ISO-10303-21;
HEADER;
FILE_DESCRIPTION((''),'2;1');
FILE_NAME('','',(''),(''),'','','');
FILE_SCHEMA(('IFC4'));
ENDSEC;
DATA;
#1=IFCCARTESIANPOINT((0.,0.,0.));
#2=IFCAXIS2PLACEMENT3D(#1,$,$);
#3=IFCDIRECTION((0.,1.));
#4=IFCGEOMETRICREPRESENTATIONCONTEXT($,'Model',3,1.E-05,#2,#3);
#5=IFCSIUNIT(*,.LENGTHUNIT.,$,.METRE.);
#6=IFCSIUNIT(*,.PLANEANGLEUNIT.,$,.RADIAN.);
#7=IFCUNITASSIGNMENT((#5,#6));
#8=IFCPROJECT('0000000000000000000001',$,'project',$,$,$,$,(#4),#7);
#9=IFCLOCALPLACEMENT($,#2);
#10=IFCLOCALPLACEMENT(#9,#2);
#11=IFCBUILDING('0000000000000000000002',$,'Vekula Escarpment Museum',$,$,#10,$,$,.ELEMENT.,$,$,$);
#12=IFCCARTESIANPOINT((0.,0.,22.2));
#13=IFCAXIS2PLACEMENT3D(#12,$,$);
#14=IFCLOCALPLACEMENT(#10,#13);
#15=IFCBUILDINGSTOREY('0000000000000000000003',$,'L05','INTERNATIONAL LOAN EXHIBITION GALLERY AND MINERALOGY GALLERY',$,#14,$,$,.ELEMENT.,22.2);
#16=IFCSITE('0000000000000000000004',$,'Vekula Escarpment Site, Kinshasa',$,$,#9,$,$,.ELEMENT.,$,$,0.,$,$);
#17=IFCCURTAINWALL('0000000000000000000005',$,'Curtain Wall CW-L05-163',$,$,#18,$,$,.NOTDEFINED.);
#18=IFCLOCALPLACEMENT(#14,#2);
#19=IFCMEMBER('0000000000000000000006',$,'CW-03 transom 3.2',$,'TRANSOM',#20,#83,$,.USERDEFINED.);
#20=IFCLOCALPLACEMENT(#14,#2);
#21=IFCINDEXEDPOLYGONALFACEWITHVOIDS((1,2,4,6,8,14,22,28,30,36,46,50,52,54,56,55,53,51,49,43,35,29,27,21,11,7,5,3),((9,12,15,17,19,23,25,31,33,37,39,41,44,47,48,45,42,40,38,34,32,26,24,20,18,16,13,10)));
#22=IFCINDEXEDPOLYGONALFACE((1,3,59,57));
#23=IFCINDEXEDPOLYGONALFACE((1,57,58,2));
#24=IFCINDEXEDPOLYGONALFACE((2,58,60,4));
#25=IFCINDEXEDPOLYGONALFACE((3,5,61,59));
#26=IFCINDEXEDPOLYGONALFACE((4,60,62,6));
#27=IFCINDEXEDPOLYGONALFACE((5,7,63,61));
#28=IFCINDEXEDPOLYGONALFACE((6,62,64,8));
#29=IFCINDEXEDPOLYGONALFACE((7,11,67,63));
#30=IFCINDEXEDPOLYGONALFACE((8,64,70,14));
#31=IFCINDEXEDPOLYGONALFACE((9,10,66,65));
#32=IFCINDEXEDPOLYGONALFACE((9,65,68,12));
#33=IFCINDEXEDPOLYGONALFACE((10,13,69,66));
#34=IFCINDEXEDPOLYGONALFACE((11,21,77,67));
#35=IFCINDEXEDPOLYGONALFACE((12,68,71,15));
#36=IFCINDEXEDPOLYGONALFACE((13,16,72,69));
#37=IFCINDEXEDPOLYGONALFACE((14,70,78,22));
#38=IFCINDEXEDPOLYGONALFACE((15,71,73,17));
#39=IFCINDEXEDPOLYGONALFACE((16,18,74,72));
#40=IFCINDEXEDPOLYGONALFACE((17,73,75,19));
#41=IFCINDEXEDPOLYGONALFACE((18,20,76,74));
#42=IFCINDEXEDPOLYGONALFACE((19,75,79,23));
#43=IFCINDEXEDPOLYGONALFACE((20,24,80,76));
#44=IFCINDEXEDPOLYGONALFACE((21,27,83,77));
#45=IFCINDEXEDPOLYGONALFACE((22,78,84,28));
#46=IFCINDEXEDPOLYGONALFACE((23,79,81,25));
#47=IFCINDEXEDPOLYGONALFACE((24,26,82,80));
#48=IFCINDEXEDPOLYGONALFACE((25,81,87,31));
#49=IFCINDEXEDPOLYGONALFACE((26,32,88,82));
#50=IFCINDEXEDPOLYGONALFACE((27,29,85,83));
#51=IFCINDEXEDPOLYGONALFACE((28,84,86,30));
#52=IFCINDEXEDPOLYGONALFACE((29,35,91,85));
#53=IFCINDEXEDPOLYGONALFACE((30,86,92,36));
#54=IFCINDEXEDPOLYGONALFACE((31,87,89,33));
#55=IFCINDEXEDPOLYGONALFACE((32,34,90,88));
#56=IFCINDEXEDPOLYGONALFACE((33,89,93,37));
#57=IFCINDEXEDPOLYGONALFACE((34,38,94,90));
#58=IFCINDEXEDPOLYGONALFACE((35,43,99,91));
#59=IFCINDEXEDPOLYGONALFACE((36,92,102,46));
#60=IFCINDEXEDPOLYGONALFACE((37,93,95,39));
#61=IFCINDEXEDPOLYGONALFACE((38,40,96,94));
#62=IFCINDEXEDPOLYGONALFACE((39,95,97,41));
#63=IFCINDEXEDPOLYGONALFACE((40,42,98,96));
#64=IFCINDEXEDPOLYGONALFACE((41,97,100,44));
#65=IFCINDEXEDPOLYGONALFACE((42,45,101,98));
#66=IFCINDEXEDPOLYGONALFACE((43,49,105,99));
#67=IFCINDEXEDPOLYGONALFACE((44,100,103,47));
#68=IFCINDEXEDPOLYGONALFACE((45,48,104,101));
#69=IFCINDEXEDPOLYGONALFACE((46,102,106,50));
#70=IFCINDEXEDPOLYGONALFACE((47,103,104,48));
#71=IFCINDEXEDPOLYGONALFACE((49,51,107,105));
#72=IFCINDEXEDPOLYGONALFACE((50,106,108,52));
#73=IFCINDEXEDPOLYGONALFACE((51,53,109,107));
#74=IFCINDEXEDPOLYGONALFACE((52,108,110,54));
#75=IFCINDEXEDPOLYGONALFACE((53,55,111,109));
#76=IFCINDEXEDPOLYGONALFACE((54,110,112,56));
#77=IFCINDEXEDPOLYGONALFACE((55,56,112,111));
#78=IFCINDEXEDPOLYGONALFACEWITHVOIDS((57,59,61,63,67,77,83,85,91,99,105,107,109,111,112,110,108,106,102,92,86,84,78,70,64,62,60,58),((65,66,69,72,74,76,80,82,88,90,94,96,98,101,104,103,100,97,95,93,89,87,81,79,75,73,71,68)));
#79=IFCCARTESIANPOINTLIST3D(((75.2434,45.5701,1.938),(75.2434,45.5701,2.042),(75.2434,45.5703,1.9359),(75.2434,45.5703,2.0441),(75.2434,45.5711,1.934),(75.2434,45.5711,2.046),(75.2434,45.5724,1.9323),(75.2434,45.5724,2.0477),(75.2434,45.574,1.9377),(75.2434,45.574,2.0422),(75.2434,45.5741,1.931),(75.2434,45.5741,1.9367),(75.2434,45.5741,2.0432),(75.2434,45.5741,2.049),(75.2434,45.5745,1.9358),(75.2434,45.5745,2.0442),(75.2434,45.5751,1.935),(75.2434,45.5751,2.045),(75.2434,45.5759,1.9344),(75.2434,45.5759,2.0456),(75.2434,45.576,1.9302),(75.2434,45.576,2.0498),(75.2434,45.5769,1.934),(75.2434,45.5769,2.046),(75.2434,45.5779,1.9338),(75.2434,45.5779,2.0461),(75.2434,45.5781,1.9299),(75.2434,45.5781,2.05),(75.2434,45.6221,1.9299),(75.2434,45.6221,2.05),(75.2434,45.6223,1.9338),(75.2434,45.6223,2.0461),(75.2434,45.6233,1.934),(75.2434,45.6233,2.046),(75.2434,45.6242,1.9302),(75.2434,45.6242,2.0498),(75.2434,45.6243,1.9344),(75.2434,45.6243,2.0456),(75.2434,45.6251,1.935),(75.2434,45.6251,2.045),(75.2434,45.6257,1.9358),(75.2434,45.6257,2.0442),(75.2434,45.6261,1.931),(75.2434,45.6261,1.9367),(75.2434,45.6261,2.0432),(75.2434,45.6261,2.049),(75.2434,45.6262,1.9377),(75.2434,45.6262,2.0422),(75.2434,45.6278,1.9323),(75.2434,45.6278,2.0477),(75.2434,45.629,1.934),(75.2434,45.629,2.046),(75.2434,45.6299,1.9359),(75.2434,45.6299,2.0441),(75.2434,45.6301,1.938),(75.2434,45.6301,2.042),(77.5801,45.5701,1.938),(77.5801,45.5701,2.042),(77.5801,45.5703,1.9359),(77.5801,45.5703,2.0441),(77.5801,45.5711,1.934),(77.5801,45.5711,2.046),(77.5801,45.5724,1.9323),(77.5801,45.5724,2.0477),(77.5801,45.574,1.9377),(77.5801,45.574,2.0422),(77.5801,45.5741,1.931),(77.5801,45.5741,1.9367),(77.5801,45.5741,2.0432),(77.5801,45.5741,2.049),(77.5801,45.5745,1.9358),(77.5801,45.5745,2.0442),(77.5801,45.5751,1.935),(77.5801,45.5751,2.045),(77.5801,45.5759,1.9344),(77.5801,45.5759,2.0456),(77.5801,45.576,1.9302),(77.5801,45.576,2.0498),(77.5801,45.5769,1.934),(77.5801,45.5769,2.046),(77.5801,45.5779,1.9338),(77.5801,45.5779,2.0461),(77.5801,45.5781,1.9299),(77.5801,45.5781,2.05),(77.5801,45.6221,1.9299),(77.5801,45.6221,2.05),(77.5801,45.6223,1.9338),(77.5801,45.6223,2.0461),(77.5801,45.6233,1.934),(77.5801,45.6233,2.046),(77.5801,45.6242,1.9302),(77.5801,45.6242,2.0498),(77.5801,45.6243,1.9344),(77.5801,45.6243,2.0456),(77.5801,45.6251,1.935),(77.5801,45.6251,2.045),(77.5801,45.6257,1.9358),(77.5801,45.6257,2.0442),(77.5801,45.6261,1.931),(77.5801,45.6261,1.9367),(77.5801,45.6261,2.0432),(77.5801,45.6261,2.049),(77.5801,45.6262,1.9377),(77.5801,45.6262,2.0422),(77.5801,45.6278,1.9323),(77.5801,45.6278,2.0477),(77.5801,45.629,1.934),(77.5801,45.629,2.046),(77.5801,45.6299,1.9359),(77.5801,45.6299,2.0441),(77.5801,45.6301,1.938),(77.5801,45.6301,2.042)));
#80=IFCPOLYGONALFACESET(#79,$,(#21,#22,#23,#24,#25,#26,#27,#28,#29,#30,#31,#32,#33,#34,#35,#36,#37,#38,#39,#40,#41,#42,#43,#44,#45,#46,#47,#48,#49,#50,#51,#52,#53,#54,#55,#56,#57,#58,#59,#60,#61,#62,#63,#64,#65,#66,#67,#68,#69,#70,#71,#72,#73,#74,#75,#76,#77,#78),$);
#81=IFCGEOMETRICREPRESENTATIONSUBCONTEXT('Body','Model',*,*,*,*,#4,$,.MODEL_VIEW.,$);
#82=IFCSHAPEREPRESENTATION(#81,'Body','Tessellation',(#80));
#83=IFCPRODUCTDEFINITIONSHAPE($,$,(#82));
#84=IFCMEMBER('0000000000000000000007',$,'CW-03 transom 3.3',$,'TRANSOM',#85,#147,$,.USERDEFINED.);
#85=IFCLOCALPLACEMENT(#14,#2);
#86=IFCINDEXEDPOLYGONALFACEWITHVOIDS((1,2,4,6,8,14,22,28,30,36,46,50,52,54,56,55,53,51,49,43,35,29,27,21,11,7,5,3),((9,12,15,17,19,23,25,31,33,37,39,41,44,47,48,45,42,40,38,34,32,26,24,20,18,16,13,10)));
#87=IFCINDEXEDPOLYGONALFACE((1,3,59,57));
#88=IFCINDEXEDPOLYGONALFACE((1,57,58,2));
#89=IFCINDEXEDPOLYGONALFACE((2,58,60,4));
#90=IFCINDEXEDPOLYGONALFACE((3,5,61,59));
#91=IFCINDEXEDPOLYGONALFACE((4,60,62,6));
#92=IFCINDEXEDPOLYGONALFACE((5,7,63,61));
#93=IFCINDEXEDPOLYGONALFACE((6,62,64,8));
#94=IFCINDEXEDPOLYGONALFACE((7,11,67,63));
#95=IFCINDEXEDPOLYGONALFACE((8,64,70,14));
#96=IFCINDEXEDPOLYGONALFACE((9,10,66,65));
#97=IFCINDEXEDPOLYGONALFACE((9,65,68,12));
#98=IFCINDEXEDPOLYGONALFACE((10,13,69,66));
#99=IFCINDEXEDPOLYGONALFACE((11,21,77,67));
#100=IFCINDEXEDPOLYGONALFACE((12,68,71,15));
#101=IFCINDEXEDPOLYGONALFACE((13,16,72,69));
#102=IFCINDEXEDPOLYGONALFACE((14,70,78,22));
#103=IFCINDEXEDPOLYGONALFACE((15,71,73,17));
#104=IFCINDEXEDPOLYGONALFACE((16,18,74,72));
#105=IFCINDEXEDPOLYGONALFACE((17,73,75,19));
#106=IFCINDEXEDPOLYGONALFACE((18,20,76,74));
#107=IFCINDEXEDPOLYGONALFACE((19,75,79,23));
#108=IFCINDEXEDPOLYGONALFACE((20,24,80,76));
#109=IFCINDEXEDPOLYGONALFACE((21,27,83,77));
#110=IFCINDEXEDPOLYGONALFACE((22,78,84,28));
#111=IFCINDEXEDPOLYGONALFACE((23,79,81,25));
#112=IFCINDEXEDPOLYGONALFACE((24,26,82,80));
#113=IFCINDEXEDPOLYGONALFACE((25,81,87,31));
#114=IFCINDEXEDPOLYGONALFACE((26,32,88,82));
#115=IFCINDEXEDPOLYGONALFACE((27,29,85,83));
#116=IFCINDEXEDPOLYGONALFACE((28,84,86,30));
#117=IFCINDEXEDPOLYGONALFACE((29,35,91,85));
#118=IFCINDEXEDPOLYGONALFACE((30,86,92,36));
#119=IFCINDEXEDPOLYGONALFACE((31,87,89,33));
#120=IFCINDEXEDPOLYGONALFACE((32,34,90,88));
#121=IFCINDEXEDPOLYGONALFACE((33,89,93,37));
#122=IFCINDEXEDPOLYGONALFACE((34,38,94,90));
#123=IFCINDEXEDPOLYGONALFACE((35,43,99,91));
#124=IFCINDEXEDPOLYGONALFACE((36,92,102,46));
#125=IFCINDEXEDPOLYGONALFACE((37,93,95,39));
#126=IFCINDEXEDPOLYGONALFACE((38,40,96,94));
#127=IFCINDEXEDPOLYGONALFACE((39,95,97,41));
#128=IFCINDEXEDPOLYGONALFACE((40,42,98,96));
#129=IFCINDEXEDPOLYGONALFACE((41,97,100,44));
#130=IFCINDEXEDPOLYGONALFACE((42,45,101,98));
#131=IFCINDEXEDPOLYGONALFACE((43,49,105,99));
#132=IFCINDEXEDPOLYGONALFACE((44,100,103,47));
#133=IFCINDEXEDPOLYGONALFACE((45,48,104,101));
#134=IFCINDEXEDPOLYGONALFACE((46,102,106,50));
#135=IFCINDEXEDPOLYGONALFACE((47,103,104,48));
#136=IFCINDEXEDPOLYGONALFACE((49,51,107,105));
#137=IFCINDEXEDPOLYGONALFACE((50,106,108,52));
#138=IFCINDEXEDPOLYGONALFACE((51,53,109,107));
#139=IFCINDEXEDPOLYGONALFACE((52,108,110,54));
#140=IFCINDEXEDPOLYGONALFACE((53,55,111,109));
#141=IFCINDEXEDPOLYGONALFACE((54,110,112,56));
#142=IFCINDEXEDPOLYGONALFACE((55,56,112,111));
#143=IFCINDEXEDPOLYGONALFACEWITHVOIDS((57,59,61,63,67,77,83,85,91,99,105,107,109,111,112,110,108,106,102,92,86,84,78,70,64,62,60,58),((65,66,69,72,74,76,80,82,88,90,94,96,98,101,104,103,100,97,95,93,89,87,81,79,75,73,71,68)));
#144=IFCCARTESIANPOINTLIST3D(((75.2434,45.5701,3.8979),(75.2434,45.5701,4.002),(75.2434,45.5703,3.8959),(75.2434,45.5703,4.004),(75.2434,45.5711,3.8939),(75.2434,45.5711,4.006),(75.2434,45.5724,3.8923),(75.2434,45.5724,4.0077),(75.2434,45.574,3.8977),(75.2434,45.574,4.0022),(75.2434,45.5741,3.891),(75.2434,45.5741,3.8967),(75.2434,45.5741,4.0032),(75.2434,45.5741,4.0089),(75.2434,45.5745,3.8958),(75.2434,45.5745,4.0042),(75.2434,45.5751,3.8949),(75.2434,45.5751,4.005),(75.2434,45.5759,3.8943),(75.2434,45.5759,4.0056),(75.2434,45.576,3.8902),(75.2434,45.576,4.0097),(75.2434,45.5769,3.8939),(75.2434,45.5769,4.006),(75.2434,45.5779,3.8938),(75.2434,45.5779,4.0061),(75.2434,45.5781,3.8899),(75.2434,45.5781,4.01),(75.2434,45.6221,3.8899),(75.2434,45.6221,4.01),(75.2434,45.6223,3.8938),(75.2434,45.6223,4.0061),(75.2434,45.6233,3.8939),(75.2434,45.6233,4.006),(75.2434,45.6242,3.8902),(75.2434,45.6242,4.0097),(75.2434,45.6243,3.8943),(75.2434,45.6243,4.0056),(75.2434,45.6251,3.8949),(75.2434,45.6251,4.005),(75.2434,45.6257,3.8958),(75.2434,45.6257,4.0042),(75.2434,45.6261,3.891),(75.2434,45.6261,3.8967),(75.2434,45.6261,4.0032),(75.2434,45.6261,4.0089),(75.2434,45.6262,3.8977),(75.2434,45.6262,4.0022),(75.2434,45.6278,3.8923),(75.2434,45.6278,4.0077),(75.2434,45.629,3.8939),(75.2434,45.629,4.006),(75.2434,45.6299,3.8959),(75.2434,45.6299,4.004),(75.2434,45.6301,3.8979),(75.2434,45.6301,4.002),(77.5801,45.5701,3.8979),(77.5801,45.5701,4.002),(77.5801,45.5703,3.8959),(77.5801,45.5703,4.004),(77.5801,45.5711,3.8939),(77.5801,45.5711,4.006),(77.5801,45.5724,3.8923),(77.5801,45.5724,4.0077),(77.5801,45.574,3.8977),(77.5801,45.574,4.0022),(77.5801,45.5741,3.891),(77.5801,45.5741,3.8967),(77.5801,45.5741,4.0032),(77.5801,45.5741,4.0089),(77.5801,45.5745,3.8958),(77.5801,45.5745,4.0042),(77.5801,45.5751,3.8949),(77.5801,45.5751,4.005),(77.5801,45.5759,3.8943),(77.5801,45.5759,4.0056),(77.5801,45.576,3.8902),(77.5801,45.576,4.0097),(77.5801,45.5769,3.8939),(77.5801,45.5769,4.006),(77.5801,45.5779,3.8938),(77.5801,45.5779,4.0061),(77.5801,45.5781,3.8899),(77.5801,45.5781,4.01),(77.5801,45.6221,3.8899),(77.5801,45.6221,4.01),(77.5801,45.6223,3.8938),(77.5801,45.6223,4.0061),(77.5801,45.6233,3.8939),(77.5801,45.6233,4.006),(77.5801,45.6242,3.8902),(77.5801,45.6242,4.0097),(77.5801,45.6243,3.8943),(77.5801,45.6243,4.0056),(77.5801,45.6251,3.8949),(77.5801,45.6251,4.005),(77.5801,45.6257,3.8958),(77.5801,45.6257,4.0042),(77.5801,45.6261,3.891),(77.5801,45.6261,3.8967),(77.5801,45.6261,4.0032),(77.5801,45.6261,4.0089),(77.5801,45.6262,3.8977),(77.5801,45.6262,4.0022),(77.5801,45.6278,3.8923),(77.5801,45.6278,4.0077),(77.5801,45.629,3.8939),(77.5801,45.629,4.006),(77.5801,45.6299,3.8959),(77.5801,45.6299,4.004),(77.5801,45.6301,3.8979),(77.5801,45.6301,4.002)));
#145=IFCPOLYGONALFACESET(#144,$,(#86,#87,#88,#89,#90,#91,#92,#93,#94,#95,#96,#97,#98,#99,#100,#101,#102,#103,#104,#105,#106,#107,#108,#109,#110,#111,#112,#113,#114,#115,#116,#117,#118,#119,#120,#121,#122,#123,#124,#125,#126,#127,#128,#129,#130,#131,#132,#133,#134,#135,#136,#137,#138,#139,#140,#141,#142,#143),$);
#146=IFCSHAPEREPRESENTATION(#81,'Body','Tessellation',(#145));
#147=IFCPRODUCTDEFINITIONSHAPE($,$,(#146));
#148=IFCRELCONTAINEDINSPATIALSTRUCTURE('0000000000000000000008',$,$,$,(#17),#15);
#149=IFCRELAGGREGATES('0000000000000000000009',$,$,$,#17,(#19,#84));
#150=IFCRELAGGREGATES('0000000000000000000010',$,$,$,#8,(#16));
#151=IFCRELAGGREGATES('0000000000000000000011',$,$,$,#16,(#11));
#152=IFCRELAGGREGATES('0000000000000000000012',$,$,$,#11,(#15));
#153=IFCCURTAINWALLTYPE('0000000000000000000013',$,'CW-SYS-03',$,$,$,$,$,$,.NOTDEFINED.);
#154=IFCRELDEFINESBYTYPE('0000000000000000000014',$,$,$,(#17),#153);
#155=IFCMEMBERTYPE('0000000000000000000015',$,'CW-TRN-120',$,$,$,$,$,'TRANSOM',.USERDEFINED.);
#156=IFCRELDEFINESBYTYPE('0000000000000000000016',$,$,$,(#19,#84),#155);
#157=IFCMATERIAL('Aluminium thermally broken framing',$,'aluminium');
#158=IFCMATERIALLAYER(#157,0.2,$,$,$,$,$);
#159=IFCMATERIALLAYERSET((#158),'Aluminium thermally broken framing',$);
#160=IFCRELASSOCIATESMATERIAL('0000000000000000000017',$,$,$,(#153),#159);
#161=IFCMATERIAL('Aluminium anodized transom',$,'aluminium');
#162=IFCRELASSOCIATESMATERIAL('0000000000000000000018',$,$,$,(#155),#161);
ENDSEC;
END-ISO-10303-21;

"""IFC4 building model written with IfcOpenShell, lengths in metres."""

from ifc_helpers import new_model, si_unit, direction, frame, origin, origin_2d, place, context, subcontext, project, spatial, hollow_rectangle, extrude, material, layer, layer_set, material_profile, profile_set, type_object, element, aggregate, save


model = new_model("IFC4")

# Units and contexts
model_context = context("Model", 3, precision=1e-05, world=origin(), true_north=direction((0.0, 1.0)))
body_context = subcontext(model_context, "Body", "Model", "MODEL_VIEW")
ifc_project = project(units=[si_unit("LENGTHUNIT", "METRE"), si_unit("PLANEANGLEUNIT", "RADIAN")], contexts=[model_context])

# Site, building, storey
site_placement = place(None, origin())
site = spatial("IfcSite", under=ifc_project, at=site_placement, Name="Vekula Escarpment Site, Kinshasa", CompositionType="ELEMENT", RefElevation=0.0)
building_placement = place(site_placement, origin())
building = spatial("IfcBuilding", under=site, at=building_placement, Name="Vekula Escarpment Museum", CompositionType="ELEMENT")
storey_placement = place(building_placement, frame((0.0, 0.0, 22.2)))
storey = spatial("IfcBuildingStorey", under=building, at=storey_placement, Name="L05", Description="INTERNATIONAL LOAN EXHIBITION GALLERY AND MINERALOGY GALLERY", CompositionType="ELEMENT", Elevation=22.2)

# Curtain wall, members
ifc_material_1 = material(Name="Aluminium thermally broken framing", Category="aluminium")
ifc_layer_1 = layer(ifc_material_1, 0.2)
ifc_layer_set_1 = layer_set([ifc_layer_1], Name="Aluminium thermally broken framing")
curtain_wall_type = type_object("IfcCurtainWallType", Name="CW-SYS-03", PredefinedType="NOTDEFINED", material=ifc_layer_set_1)
curtain_wall_placement = place(storey_placement, origin())
curtain_wall = element("IfcCurtainWall", 1, at=curtain_wall_placement, inside=storey, type_object=curtain_wall_type, Name="Curtain Wall CW-L05-163", PredefinedType="NOTDEFINED")
ifc_material_2 = material(Name="Aluminium anodized transom", Category="aluminium")
ifc_material_profile_1 = material_profile(ifc_material_2, hollow_rectangle(XDim=0.0601, YDim=0.1201, WallThickness=0.0039, InnerFilletRadius=0.0039, OuterFilletRadius=0.0081, at=origin_2d()), Name="ALU 120x60x4")
ifc_profile_set_1 = profile_set([ifc_material_profile_1], Name="Aluminium anodized transom")
member_type_1 = type_object("IfcMemberType", Name="CW-TRN-120", ElementType="TRANSOM", PredefinedType="USERDEFINED", material=ifc_profile_set_1)
member_1_placement = place(storey_placement, frame((75.2434, 45.6001, 1.99), z_axis=(1.0, 0.0, 0.0), x_axis=(0.0, 1.0, 0.0)))
member_1 = element("IfcMember", 2, at=member_1_placement, type_object=member_type_1, Name="CW-03 transom 3.2", ObjectType="TRANSOM", PredefinedType="USERDEFINED", context=body_context, shape_type="SweptSolid", body=[
    extrude(hollow_rectangle(XDim=0.0601, YDim=0.1201, WallThickness=0.0039, InnerFilletRadius=0.0039, OuterFilletRadius=0.0081, at=origin_2d()), origin(), (0.0, 0.0, 1.0), 2.3367),
])
member_2_placement = place(storey_placement, frame((75.2434, 45.6001, 3.95), z_axis=(1.0, 0.0, 0.0), x_axis=(0.0, 1.0, 0.0)))
member_2 = element("IfcMember", 3, at=member_2_placement, type_object=member_type_1, Name="CW-03 transom 3.3", ObjectType="TRANSOM", PredefinedType="USERDEFINED", context=body_context, shape_type="SweptSolid", body=[
    extrude(hollow_rectangle(XDim=0.0601, YDim=0.1201, WallThickness=0.0039, InnerFilletRadius=0.0039, OuterFilletRadius=0.0081, at=origin_2d()), origin(), (0.0, 0.0, 1.0), 2.3367),
])

aggregate(curtain_wall, [member_1, member_2])

save(model, "model.ifc")
